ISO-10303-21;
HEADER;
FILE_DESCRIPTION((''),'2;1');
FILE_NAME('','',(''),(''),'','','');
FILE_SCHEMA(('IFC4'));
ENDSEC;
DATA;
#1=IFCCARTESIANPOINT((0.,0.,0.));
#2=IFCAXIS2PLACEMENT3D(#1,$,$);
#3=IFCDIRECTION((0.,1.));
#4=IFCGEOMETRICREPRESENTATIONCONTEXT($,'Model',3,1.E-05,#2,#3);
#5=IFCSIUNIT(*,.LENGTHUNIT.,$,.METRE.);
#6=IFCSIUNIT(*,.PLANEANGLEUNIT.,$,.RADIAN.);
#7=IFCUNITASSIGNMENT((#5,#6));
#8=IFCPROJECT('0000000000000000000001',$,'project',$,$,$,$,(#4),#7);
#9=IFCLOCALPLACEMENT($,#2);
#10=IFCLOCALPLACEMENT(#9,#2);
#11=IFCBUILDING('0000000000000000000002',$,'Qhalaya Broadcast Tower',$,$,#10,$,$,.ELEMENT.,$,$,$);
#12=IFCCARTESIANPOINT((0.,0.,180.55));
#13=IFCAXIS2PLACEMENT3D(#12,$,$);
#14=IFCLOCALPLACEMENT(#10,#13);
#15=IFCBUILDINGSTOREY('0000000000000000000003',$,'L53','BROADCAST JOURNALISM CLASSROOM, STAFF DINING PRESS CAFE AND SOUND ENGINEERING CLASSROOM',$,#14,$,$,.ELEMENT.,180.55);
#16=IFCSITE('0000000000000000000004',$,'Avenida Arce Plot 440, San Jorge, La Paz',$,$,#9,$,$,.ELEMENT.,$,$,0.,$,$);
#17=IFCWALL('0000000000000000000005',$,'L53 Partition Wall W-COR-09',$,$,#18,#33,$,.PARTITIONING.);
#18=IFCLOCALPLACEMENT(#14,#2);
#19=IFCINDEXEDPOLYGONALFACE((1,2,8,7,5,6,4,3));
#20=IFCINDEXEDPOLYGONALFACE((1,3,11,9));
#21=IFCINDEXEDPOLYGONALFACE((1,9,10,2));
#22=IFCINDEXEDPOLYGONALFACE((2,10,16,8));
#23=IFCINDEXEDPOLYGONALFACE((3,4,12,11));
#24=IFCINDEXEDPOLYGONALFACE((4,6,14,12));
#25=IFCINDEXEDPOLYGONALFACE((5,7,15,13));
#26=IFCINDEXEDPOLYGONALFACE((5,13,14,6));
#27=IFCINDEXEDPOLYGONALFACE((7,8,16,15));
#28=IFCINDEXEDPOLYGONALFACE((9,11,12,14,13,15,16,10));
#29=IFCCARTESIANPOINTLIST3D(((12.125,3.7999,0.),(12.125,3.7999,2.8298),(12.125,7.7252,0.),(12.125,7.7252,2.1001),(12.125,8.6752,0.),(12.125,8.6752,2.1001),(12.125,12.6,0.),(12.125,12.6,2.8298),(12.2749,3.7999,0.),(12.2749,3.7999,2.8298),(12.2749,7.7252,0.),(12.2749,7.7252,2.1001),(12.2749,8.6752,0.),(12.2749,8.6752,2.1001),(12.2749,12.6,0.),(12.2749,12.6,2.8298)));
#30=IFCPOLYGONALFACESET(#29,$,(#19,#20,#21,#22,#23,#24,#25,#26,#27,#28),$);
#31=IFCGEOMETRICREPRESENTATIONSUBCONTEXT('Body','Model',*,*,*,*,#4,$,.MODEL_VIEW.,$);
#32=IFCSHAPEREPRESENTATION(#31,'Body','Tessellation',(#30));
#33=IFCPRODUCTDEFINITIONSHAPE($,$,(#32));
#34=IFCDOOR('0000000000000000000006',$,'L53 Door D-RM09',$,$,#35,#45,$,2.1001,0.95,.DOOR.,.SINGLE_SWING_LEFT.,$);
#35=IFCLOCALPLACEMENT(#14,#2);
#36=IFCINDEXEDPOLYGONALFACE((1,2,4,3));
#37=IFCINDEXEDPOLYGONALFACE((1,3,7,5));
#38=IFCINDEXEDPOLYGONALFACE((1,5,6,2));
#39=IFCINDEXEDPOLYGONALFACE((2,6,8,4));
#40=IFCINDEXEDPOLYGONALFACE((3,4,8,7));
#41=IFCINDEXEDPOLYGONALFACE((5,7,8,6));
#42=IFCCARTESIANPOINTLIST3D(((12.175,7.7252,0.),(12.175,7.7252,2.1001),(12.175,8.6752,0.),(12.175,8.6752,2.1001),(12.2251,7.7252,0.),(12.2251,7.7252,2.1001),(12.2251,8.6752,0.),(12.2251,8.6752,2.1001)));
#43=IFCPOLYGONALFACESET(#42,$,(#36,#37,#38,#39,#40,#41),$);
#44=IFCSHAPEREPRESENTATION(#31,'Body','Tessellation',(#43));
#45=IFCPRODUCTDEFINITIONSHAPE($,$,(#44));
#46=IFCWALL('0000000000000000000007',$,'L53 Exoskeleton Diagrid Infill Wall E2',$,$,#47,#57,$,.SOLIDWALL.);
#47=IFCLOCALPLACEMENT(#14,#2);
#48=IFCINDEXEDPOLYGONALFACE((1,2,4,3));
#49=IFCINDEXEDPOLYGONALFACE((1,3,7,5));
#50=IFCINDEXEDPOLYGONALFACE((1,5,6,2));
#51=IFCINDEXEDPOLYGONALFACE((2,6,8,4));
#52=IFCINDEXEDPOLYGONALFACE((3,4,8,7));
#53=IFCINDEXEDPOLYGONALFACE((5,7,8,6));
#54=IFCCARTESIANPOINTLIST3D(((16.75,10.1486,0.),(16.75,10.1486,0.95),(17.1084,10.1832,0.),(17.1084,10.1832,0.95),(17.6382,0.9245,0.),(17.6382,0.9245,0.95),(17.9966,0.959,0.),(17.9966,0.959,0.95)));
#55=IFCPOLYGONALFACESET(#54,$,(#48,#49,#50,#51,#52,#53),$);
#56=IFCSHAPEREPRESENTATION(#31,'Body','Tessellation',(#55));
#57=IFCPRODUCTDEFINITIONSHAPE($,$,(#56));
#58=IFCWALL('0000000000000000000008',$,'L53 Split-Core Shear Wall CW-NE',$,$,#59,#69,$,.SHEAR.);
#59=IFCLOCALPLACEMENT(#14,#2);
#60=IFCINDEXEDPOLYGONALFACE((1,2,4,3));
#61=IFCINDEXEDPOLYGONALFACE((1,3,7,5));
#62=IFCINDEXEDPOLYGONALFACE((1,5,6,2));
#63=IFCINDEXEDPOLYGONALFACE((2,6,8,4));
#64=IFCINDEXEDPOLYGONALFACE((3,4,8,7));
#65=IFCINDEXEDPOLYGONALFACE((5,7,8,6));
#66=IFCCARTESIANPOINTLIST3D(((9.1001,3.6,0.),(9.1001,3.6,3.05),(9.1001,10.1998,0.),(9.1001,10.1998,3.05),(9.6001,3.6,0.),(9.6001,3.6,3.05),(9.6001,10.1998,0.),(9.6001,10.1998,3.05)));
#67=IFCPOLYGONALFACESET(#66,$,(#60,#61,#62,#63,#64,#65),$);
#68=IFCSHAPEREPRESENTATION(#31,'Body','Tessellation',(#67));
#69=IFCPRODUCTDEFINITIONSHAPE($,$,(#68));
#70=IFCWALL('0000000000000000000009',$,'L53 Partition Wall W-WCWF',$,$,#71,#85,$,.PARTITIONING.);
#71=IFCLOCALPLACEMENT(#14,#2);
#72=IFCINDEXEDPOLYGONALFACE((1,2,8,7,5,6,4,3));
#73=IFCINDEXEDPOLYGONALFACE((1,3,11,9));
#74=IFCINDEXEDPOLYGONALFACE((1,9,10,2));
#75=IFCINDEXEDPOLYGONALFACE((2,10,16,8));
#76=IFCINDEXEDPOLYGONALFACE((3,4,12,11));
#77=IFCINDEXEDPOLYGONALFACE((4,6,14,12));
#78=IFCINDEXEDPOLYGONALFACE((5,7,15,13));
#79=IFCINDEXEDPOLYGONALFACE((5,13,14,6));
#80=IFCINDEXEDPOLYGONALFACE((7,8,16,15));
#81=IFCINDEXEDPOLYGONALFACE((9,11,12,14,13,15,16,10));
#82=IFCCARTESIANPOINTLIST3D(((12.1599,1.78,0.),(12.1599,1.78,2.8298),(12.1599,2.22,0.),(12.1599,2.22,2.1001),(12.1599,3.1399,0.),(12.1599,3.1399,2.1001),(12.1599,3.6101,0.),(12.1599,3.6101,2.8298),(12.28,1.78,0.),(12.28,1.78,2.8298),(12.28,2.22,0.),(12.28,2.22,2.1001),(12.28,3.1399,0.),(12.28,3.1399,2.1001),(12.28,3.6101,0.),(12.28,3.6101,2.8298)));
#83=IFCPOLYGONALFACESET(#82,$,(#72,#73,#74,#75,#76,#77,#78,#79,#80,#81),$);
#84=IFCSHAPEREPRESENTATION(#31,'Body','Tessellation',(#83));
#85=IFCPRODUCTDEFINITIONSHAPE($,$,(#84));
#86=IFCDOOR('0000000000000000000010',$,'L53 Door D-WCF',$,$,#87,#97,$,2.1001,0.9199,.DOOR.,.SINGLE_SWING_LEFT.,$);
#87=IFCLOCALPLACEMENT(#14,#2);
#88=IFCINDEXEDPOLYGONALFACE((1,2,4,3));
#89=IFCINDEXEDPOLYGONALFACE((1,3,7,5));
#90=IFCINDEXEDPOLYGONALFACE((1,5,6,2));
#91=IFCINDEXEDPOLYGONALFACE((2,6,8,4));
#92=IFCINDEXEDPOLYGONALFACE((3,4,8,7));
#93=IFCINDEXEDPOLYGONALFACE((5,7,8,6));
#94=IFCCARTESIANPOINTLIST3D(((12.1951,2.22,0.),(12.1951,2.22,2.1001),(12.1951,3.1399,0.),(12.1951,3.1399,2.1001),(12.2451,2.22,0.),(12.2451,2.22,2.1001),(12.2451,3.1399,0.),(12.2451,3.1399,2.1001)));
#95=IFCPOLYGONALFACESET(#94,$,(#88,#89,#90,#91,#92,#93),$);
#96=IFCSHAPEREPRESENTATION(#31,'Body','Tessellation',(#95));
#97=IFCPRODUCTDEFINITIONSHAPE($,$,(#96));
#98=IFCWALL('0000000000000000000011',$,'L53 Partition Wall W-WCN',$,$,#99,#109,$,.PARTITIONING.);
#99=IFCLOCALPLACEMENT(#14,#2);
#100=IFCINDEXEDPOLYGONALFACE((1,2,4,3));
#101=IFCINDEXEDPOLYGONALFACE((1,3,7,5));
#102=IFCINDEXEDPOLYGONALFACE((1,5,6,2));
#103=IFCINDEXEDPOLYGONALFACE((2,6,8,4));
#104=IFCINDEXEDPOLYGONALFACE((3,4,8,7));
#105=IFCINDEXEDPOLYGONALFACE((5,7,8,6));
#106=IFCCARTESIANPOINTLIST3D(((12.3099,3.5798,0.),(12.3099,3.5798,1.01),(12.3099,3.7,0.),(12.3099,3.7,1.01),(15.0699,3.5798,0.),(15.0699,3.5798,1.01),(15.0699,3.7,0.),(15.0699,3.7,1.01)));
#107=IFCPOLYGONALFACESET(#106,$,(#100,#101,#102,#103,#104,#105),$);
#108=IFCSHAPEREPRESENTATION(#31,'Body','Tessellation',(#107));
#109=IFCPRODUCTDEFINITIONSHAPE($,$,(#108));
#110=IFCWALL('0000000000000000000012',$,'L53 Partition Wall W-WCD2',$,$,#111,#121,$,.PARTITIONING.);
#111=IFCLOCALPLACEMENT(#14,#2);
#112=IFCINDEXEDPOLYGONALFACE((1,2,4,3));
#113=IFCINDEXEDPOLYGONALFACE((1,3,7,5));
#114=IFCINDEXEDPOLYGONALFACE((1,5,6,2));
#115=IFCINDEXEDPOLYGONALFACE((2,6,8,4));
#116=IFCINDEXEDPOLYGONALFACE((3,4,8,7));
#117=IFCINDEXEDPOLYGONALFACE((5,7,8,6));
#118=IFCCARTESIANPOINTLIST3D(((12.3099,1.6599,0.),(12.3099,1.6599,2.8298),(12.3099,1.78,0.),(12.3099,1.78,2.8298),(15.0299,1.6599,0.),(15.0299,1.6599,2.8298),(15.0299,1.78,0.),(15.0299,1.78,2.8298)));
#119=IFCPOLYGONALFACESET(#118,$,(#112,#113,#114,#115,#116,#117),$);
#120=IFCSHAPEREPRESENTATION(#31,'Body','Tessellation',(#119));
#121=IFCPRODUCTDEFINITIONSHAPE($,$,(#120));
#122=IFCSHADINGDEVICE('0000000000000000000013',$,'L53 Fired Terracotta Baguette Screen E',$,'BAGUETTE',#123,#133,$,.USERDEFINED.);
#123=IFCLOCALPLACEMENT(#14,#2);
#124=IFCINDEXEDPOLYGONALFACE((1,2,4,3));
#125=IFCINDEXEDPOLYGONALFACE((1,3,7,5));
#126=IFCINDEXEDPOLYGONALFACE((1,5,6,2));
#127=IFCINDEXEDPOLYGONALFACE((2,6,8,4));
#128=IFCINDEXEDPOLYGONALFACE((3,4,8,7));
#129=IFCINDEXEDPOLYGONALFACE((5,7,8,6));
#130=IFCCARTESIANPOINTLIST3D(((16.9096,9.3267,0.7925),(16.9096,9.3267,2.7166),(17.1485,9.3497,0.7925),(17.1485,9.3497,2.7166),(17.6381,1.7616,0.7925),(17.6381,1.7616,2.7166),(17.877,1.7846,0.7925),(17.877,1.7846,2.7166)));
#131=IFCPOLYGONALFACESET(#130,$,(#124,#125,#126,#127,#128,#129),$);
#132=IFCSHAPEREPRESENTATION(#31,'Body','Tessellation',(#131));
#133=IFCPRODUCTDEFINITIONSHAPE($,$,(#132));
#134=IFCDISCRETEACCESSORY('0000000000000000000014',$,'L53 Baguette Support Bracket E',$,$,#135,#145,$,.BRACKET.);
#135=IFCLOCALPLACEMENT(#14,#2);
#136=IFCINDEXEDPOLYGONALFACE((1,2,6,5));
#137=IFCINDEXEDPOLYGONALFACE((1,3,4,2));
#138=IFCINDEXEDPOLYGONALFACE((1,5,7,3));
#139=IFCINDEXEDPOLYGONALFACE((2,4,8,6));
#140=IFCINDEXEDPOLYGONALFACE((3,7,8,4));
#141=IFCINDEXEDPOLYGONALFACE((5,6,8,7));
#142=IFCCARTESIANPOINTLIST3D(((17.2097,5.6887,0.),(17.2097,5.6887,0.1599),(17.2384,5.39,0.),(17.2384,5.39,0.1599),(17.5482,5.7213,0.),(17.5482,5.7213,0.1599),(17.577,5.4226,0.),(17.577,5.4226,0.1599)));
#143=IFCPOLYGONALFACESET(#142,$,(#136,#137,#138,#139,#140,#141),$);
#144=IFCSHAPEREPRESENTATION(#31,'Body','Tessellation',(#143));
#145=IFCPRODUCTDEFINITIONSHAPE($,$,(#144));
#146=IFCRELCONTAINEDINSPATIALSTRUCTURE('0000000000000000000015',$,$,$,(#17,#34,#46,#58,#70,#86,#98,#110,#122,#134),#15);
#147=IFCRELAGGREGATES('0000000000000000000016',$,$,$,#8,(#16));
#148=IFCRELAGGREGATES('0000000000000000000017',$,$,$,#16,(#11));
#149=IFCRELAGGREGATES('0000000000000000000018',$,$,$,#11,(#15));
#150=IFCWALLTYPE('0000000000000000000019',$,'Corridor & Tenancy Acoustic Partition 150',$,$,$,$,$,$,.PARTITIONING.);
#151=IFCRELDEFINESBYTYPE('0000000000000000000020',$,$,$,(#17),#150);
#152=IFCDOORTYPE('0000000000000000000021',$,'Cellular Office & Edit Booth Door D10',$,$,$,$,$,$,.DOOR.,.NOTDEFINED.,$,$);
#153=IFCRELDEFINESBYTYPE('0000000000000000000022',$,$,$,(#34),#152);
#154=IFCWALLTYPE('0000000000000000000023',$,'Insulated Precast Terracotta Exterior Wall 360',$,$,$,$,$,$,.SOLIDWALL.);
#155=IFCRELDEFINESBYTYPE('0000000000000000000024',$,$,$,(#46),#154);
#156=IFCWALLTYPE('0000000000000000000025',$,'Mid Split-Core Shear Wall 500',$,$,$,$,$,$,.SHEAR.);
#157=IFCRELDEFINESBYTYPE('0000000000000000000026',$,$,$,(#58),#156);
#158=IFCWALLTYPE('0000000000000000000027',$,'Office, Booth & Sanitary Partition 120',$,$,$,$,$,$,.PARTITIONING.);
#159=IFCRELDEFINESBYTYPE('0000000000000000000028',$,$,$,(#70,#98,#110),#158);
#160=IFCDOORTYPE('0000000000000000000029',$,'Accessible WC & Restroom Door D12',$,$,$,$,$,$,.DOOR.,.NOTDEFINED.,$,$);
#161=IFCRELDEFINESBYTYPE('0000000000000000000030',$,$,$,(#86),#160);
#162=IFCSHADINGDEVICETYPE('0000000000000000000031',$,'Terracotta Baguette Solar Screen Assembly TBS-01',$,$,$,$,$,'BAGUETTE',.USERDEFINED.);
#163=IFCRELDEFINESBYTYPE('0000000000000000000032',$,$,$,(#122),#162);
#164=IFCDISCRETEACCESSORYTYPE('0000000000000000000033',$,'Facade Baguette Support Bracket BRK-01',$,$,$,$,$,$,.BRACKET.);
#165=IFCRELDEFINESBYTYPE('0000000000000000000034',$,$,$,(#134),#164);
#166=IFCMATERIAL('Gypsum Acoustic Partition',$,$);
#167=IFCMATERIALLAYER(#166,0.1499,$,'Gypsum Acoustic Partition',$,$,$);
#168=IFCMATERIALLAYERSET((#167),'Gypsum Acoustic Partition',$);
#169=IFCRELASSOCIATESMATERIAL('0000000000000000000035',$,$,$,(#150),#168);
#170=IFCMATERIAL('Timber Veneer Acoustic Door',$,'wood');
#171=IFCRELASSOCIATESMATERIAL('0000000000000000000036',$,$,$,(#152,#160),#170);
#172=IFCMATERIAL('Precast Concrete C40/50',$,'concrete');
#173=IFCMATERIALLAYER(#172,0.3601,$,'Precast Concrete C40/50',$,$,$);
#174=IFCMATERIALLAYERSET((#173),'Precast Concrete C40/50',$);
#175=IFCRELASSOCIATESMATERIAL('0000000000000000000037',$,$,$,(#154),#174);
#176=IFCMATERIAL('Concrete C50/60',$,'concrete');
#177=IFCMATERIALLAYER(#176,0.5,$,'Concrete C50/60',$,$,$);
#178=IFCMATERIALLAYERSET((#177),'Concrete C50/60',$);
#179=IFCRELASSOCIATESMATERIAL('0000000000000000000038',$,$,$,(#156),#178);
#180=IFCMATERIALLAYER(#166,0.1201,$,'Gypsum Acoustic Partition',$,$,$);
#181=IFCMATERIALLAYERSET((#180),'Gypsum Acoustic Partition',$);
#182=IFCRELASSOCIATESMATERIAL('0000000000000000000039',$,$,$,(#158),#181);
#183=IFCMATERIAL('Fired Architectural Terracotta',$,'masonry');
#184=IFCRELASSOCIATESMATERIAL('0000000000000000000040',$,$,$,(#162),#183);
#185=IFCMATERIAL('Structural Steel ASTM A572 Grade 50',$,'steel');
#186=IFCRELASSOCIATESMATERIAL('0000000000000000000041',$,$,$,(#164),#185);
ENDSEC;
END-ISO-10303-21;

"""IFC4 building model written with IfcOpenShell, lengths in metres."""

from ifc_helpers import new_model, si_unit, direction, frame, frame_2d, origin, origin_2d, place, context, subcontext, project, spatial, rectangle, extrude, material, layer, layer_set, type_object, element, fill, save


model = new_model("IFC4")

# Units and contexts
model_context = context("Model", 3, precision=1e-05, world=origin(), true_north=direction((0.0, 1.0)))
body_context = subcontext(model_context, "Body", "Model", "MODEL_VIEW")
ifc_project = project(units=[si_unit("LENGTHUNIT", "METRE"), si_unit("PLANEANGLEUNIT", "RADIAN")], contexts=[model_context])

# Site, building, storey
site_placement = place(None, origin())
site = spatial("IfcSite", under=ifc_project, at=site_placement, Name="Avenida Arce Plot 440, San Jorge, La Paz", CompositionType="ELEMENT", RefElevation=0.0)
building_placement = place(site_placement, origin())
building = spatial("IfcBuilding", under=site, at=building_placement, Name="Qhalaya Broadcast Tower", CompositionType="ELEMENT")
storey_placement = place(building_placement, frame((0.0, 0.0, 180.55)))
storey = spatial("IfcBuildingStorey", under=building, at=storey_placement, Name="L53", Description="BROADCAST JOURNALISM CLASSROOM, STAFF DINING PRESS CAFE AND SOUND ENGINEERING CLASSROOM", CompositionType="ELEMENT", Elevation=180.55)

# Shared definitions
ifc_material_1 = material(Name="Concrete C50/60", Category="concrete")

# Shared definitions
ifc_material_2 = material(Name="Structural Steel ASTM A572 Grade 50", Category="steel")

# Wall, opening, door
ifc_material_3 = material(Name="Gypsum Acoustic Partition")
ifc_layer_1 = layer(ifc_material_3, 0.1499, Name="Gypsum Acoustic Partition")
ifc_layer_set_1 = layer_set([ifc_layer_1], Name="Gypsum Acoustic Partition")
wall_type_1 = type_object("IfcWallType", Name="Corridor & Tenancy Acoustic Partition 150", PredefinedType="PARTITIONING", material=ifc_layer_set_1)
wall_1_placement = place(storey_placement, frame((12.2, 3.8, 0.0), z_axis=(0.0, 0.0, 1.0), x_axis=(0.0, 1.0, 0.0)))
wall_1 = element("IfcWall", 1, at=wall_1_placement, inside=storey, type_object=wall_type_1, Name="L53 Partition Wall W-COR-09", PredefinedType="PARTITIONING", context=body_context, shape_type="SweptSolid", body=[
    extrude(rectangle(XDim=8.8, YDim=0.1499, at=frame_2d((4.3999, 0.0))), origin(), (0.0, 0.0, 1.0), 2.8298),
])
opening_1_placement = place(wall_1_placement, frame((3.925, 0.0, 0.0)))
opening_1 = element("IfcOpeningElement", 2, at=opening_1_placement, cuts=wall_1, PredefinedType="OPENING", context=body_context, shape_type="SweptSolid", body=[
    extrude(rectangle(XDim=0.95, YDim=2.1001, at=frame_2d((0.4751, 1.05))), frame((0.0, 0.0869, 0.0), z_axis=(0.0, -1.0, 0.0), x_axis=(1.0, 0.0, 0.0)), (0.0, 0.0, 1.0), 0.1738),
])
ifc_material_4 = material(Name="Timber Veneer Acoustic Door", Category="wood")
door_type_1 = type_object("IfcDoorType", Name="Cellular Office & Edit Booth Door D10", OperationType="NOTDEFINED", PredefinedType="DOOR", material=ifc_material_4)
door_1_placement = place(opening_1_placement, origin())
door_1 = element("IfcDoor", 3, at=door_1_placement, inside=storey, type_object=door_type_1, Name="L53 Door D-RM09", OperationType="SINGLE_SWING_LEFT", OverallHeight=2.1001, OverallWidth=0.95, PredefinedType="DOOR", context=body_context, shape_type="SweptSolid", body=[
    extrude(rectangle(XDim=0.95, YDim=2.1001, at=frame_2d((0.4751, 1.05))), frame((0.0, 0.0249, 0.0), z_axis=(0.0, -1.0, 0.0), x_axis=(1.0, 0.0, 0.0)), (0.0, 0.0, 1.0), 0.05),
])
fill(opening_1, door_1)

# Walls
ifc_material_5 = material(Name="Precast Concrete C40/50", Category="concrete")
ifc_layer_2 = layer(ifc_material_5, 0.3601, Name="Precast Concrete C40/50")
ifc_layer_set_2 = layer_set([ifc_layer_2], Name="Precast Concrete C40/50")
wall_type_2 = type_object("IfcWallType", Name="Insulated Precast Terracotta Exterior Wall 360", PredefinedType="SOLIDWALL", material=ifc_layer_set_2)
wall_2_placement = place(storey_placement, frame((16.9292, 10.1658, 0.0), z_axis=(0.0, 0.0, 1.0), x_axis=(0.095846, -0.995396, 0.0)))
element("IfcWall", 4, at=wall_2_placement, inside=storey, type_object=wall_type_2, Name="L53 Exoskeleton Diagrid Infill Wall E2", PredefinedType="SOLIDWALL", context=body_context, shape_type="SweptSolid", body=[
    extrude(rectangle(XDim=9.2668, YDim=0.3601, at=frame_2d((4.6333, 0.0))), origin(), (0.0, 0.0, 1.0), 0.95),
])
ifc_layer_3 = layer(ifc_material_1, 0.5, Name="Concrete C50/60")
ifc_layer_set_3 = layer_set([ifc_layer_3], Name="Concrete C50/60")
wall_type_3 = type_object("IfcWallType", Name="Mid Split-Core Shear Wall 500", PredefinedType="SHEAR", material=ifc_layer_set_3)
wall_3_placement = place(storey_placement, frame((9.3501, 3.6001, 0.0), z_axis=(0.0, 0.0, 1.0), x_axis=(0.0, 1.0, 0.0)))
element("IfcWall", 5, at=wall_3_placement, inside=storey, type_object=wall_type_3, Name="L53 Split-Core Shear Wall CW-NE", PredefinedType="SHEAR", context=body_context, shape_type="SweptSolid", body=[
    extrude(rectangle(XDim=6.5999, YDim=0.5, at=frame_2d((3.2998, 0.0))), origin(), (0.0, 0.0, 1.0), 3.05),
])

# Wall, opening, door
ifc_layer_4 = layer(ifc_material_3, 0.1201, Name="Gypsum Acoustic Partition")
ifc_layer_set_4 = layer_set([ifc_layer_4], Name="Gypsum Acoustic Partition")
wall_type_4 = type_object("IfcWallType", Name="Office, Booth & Sanitary Partition 120", PredefinedType="PARTITIONING", material=ifc_layer_set_4)
wall_4_placement = place(storey_placement, frame((12.22, 1.78, 0.0), z_axis=(0.0, 0.0, 1.0), x_axis=(0.0, 1.0, 0.0)))
wall_4 = element("IfcWall", 6, at=wall_4_placement, inside=storey, type_object=wall_type_4, Name="L53 Partition Wall W-WCWF", PredefinedType="PARTITIONING", context=body_context, shape_type="SweptSolid", body=[
    extrude(rectangle(XDim=1.8301, YDim=0.1201, at=frame_2d((0.915, 0.0))), origin(), (0.0, 0.0, 1.0), 2.8298),
])
opening_2_placement = place(wall_4_placement, frame((0.4399, 0.0, 0.0)))
opening_2 = element("IfcOpeningElement", 7, at=opening_2_placement, cuts=wall_4, PredefinedType="OPENING", context=body_context, shape_type="SweptSolid", body=[
    extrude(rectangle(XDim=0.9199, YDim=2.1001, at=frame_2d((0.46, 1.05))), frame((0.0, 0.072, 0.0), z_axis=(0.0, -1.0, 0.0), x_axis=(1.0, 0.0, 0.0)), (0.0, 0.0, 1.0), 0.144),
])
door_type_2 = type_object("IfcDoorType", Name="Accessible WC & Restroom Door D12", OperationType="NOTDEFINED", PredefinedType="DOOR", material=ifc_material_4)
door_2_placement = place(opening_2_placement, origin())
door_2 = element("IfcDoor", 8, at=door_2_placement, inside=storey, type_object=door_type_2, Name="L53 Door D-WCF", OperationType="SINGLE_SWING_LEFT", OverallHeight=2.1001, OverallWidth=0.9199, PredefinedType="DOOR", context=body_context, shape_type="SweptSolid", body=[
    extrude(rectangle(XDim=0.9199, YDim=2.1001, at=frame_2d((0.46, 1.05))), frame((0.0, 0.0249, 0.0), z_axis=(0.0, -1.0, 0.0), x_axis=(1.0, 0.0, 0.0)), (0.0, 0.0, 1.0), 0.05),
])
fill(opening_2, door_2)

# Walls
wall_5_placement = place(storey_placement, frame((12.3101, 3.6399, 0.0), z_axis=(0.0, 0.0, 1.0), x_axis=(1.0, 0.0, 0.0)))
element("IfcWall", 9, at=wall_5_placement, inside=storey, type_object=wall_type_4, Name="L53 Partition Wall W-WCN", PredefinedType="PARTITIONING", context=body_context, shape_type="SweptSolid", body=[
    extrude(rectangle(XDim=2.76, YDim=0.1201, at=frame_2d((1.3799, 0.0))), origin(), (0.0, 0.0, 1.0), 1.01),
])
wall_6_placement = place(storey_placement, frame((12.3101, 1.72, 0.0), z_axis=(0.0, 0.0, 1.0), x_axis=(1.0, 0.0, 0.0)))
element("IfcWall", 10, at=wall_6_placement, inside=storey, type_object=wall_type_4, Name="L53 Partition Wall W-WCD2", PredefinedType="PARTITIONING", context=body_context, shape_type="SweptSolid", body=[
    extrude(rectangle(XDim=2.72, YDim=0.1201, at=frame_2d((1.3599, 0.0))), origin(), (0.0, 0.0, 1.0), 2.8298),
])

# Shading device
ifc_material_6 = material(Name="Fired Architectural Terracotta", Category="masonry")
shading_device_type = type_object("IfcShadingDeviceType", Name="Terracotta Baguette Solar Screen Assembly TBS-01", ElementType="BAGUETTE", PredefinedType="USERDEFINED", material=ifc_material_6)
shading_device_placement = place(storey_placement, frame((17.3933, 5.5557, 0.7925), z_axis=(0.0, 0.0, 1.0), x_axis=(-0.095846, 0.995396, 0.0)))
element("IfcShadingDevice", 11, at=shading_device_placement, inside=storey, type_object=shading_device_type, Name="L53 Fired Terracotta Baguette Screen E", ObjectType="BAGUETTE", PredefinedType="USERDEFINED", context=body_context, shape_type="SweptSolid", body=[
    extrude(rectangle(XDim=7.6001, YDim=0.24, at=origin_2d()), origin(), (0.0, 0.0, 1.0), 1.9241),
])

# Discrete accessory
discrete_accessory_type = type_object("IfcDiscreteAccessoryType", Name="Facade Baguette Support Bracket BRK-01", PredefinedType="BRACKET", material=ifc_material_2)
discrete_accessory_placement = place(storey_placement, frame((17.3933, 5.5557, 0.0), z_axis=(0.0, 0.0, 1.0), x_axis=(-0.095846, 0.995396, 0.0)))
element("IfcDiscreteAccessory", 12, at=discrete_accessory_placement, inside=storey, type_object=discrete_accessory_type, Name="L53 Baguette Support Bracket E", PredefinedType="BRACKET", context=body_context, shape_type="SweptSolid", body=[
    extrude(rectangle(XDim=0.3, YDim=0.3401, at=origin_2d()), origin(), (0.0, 0.0, 1.0), 0.1599),
])

save(model, "model.ifc")
